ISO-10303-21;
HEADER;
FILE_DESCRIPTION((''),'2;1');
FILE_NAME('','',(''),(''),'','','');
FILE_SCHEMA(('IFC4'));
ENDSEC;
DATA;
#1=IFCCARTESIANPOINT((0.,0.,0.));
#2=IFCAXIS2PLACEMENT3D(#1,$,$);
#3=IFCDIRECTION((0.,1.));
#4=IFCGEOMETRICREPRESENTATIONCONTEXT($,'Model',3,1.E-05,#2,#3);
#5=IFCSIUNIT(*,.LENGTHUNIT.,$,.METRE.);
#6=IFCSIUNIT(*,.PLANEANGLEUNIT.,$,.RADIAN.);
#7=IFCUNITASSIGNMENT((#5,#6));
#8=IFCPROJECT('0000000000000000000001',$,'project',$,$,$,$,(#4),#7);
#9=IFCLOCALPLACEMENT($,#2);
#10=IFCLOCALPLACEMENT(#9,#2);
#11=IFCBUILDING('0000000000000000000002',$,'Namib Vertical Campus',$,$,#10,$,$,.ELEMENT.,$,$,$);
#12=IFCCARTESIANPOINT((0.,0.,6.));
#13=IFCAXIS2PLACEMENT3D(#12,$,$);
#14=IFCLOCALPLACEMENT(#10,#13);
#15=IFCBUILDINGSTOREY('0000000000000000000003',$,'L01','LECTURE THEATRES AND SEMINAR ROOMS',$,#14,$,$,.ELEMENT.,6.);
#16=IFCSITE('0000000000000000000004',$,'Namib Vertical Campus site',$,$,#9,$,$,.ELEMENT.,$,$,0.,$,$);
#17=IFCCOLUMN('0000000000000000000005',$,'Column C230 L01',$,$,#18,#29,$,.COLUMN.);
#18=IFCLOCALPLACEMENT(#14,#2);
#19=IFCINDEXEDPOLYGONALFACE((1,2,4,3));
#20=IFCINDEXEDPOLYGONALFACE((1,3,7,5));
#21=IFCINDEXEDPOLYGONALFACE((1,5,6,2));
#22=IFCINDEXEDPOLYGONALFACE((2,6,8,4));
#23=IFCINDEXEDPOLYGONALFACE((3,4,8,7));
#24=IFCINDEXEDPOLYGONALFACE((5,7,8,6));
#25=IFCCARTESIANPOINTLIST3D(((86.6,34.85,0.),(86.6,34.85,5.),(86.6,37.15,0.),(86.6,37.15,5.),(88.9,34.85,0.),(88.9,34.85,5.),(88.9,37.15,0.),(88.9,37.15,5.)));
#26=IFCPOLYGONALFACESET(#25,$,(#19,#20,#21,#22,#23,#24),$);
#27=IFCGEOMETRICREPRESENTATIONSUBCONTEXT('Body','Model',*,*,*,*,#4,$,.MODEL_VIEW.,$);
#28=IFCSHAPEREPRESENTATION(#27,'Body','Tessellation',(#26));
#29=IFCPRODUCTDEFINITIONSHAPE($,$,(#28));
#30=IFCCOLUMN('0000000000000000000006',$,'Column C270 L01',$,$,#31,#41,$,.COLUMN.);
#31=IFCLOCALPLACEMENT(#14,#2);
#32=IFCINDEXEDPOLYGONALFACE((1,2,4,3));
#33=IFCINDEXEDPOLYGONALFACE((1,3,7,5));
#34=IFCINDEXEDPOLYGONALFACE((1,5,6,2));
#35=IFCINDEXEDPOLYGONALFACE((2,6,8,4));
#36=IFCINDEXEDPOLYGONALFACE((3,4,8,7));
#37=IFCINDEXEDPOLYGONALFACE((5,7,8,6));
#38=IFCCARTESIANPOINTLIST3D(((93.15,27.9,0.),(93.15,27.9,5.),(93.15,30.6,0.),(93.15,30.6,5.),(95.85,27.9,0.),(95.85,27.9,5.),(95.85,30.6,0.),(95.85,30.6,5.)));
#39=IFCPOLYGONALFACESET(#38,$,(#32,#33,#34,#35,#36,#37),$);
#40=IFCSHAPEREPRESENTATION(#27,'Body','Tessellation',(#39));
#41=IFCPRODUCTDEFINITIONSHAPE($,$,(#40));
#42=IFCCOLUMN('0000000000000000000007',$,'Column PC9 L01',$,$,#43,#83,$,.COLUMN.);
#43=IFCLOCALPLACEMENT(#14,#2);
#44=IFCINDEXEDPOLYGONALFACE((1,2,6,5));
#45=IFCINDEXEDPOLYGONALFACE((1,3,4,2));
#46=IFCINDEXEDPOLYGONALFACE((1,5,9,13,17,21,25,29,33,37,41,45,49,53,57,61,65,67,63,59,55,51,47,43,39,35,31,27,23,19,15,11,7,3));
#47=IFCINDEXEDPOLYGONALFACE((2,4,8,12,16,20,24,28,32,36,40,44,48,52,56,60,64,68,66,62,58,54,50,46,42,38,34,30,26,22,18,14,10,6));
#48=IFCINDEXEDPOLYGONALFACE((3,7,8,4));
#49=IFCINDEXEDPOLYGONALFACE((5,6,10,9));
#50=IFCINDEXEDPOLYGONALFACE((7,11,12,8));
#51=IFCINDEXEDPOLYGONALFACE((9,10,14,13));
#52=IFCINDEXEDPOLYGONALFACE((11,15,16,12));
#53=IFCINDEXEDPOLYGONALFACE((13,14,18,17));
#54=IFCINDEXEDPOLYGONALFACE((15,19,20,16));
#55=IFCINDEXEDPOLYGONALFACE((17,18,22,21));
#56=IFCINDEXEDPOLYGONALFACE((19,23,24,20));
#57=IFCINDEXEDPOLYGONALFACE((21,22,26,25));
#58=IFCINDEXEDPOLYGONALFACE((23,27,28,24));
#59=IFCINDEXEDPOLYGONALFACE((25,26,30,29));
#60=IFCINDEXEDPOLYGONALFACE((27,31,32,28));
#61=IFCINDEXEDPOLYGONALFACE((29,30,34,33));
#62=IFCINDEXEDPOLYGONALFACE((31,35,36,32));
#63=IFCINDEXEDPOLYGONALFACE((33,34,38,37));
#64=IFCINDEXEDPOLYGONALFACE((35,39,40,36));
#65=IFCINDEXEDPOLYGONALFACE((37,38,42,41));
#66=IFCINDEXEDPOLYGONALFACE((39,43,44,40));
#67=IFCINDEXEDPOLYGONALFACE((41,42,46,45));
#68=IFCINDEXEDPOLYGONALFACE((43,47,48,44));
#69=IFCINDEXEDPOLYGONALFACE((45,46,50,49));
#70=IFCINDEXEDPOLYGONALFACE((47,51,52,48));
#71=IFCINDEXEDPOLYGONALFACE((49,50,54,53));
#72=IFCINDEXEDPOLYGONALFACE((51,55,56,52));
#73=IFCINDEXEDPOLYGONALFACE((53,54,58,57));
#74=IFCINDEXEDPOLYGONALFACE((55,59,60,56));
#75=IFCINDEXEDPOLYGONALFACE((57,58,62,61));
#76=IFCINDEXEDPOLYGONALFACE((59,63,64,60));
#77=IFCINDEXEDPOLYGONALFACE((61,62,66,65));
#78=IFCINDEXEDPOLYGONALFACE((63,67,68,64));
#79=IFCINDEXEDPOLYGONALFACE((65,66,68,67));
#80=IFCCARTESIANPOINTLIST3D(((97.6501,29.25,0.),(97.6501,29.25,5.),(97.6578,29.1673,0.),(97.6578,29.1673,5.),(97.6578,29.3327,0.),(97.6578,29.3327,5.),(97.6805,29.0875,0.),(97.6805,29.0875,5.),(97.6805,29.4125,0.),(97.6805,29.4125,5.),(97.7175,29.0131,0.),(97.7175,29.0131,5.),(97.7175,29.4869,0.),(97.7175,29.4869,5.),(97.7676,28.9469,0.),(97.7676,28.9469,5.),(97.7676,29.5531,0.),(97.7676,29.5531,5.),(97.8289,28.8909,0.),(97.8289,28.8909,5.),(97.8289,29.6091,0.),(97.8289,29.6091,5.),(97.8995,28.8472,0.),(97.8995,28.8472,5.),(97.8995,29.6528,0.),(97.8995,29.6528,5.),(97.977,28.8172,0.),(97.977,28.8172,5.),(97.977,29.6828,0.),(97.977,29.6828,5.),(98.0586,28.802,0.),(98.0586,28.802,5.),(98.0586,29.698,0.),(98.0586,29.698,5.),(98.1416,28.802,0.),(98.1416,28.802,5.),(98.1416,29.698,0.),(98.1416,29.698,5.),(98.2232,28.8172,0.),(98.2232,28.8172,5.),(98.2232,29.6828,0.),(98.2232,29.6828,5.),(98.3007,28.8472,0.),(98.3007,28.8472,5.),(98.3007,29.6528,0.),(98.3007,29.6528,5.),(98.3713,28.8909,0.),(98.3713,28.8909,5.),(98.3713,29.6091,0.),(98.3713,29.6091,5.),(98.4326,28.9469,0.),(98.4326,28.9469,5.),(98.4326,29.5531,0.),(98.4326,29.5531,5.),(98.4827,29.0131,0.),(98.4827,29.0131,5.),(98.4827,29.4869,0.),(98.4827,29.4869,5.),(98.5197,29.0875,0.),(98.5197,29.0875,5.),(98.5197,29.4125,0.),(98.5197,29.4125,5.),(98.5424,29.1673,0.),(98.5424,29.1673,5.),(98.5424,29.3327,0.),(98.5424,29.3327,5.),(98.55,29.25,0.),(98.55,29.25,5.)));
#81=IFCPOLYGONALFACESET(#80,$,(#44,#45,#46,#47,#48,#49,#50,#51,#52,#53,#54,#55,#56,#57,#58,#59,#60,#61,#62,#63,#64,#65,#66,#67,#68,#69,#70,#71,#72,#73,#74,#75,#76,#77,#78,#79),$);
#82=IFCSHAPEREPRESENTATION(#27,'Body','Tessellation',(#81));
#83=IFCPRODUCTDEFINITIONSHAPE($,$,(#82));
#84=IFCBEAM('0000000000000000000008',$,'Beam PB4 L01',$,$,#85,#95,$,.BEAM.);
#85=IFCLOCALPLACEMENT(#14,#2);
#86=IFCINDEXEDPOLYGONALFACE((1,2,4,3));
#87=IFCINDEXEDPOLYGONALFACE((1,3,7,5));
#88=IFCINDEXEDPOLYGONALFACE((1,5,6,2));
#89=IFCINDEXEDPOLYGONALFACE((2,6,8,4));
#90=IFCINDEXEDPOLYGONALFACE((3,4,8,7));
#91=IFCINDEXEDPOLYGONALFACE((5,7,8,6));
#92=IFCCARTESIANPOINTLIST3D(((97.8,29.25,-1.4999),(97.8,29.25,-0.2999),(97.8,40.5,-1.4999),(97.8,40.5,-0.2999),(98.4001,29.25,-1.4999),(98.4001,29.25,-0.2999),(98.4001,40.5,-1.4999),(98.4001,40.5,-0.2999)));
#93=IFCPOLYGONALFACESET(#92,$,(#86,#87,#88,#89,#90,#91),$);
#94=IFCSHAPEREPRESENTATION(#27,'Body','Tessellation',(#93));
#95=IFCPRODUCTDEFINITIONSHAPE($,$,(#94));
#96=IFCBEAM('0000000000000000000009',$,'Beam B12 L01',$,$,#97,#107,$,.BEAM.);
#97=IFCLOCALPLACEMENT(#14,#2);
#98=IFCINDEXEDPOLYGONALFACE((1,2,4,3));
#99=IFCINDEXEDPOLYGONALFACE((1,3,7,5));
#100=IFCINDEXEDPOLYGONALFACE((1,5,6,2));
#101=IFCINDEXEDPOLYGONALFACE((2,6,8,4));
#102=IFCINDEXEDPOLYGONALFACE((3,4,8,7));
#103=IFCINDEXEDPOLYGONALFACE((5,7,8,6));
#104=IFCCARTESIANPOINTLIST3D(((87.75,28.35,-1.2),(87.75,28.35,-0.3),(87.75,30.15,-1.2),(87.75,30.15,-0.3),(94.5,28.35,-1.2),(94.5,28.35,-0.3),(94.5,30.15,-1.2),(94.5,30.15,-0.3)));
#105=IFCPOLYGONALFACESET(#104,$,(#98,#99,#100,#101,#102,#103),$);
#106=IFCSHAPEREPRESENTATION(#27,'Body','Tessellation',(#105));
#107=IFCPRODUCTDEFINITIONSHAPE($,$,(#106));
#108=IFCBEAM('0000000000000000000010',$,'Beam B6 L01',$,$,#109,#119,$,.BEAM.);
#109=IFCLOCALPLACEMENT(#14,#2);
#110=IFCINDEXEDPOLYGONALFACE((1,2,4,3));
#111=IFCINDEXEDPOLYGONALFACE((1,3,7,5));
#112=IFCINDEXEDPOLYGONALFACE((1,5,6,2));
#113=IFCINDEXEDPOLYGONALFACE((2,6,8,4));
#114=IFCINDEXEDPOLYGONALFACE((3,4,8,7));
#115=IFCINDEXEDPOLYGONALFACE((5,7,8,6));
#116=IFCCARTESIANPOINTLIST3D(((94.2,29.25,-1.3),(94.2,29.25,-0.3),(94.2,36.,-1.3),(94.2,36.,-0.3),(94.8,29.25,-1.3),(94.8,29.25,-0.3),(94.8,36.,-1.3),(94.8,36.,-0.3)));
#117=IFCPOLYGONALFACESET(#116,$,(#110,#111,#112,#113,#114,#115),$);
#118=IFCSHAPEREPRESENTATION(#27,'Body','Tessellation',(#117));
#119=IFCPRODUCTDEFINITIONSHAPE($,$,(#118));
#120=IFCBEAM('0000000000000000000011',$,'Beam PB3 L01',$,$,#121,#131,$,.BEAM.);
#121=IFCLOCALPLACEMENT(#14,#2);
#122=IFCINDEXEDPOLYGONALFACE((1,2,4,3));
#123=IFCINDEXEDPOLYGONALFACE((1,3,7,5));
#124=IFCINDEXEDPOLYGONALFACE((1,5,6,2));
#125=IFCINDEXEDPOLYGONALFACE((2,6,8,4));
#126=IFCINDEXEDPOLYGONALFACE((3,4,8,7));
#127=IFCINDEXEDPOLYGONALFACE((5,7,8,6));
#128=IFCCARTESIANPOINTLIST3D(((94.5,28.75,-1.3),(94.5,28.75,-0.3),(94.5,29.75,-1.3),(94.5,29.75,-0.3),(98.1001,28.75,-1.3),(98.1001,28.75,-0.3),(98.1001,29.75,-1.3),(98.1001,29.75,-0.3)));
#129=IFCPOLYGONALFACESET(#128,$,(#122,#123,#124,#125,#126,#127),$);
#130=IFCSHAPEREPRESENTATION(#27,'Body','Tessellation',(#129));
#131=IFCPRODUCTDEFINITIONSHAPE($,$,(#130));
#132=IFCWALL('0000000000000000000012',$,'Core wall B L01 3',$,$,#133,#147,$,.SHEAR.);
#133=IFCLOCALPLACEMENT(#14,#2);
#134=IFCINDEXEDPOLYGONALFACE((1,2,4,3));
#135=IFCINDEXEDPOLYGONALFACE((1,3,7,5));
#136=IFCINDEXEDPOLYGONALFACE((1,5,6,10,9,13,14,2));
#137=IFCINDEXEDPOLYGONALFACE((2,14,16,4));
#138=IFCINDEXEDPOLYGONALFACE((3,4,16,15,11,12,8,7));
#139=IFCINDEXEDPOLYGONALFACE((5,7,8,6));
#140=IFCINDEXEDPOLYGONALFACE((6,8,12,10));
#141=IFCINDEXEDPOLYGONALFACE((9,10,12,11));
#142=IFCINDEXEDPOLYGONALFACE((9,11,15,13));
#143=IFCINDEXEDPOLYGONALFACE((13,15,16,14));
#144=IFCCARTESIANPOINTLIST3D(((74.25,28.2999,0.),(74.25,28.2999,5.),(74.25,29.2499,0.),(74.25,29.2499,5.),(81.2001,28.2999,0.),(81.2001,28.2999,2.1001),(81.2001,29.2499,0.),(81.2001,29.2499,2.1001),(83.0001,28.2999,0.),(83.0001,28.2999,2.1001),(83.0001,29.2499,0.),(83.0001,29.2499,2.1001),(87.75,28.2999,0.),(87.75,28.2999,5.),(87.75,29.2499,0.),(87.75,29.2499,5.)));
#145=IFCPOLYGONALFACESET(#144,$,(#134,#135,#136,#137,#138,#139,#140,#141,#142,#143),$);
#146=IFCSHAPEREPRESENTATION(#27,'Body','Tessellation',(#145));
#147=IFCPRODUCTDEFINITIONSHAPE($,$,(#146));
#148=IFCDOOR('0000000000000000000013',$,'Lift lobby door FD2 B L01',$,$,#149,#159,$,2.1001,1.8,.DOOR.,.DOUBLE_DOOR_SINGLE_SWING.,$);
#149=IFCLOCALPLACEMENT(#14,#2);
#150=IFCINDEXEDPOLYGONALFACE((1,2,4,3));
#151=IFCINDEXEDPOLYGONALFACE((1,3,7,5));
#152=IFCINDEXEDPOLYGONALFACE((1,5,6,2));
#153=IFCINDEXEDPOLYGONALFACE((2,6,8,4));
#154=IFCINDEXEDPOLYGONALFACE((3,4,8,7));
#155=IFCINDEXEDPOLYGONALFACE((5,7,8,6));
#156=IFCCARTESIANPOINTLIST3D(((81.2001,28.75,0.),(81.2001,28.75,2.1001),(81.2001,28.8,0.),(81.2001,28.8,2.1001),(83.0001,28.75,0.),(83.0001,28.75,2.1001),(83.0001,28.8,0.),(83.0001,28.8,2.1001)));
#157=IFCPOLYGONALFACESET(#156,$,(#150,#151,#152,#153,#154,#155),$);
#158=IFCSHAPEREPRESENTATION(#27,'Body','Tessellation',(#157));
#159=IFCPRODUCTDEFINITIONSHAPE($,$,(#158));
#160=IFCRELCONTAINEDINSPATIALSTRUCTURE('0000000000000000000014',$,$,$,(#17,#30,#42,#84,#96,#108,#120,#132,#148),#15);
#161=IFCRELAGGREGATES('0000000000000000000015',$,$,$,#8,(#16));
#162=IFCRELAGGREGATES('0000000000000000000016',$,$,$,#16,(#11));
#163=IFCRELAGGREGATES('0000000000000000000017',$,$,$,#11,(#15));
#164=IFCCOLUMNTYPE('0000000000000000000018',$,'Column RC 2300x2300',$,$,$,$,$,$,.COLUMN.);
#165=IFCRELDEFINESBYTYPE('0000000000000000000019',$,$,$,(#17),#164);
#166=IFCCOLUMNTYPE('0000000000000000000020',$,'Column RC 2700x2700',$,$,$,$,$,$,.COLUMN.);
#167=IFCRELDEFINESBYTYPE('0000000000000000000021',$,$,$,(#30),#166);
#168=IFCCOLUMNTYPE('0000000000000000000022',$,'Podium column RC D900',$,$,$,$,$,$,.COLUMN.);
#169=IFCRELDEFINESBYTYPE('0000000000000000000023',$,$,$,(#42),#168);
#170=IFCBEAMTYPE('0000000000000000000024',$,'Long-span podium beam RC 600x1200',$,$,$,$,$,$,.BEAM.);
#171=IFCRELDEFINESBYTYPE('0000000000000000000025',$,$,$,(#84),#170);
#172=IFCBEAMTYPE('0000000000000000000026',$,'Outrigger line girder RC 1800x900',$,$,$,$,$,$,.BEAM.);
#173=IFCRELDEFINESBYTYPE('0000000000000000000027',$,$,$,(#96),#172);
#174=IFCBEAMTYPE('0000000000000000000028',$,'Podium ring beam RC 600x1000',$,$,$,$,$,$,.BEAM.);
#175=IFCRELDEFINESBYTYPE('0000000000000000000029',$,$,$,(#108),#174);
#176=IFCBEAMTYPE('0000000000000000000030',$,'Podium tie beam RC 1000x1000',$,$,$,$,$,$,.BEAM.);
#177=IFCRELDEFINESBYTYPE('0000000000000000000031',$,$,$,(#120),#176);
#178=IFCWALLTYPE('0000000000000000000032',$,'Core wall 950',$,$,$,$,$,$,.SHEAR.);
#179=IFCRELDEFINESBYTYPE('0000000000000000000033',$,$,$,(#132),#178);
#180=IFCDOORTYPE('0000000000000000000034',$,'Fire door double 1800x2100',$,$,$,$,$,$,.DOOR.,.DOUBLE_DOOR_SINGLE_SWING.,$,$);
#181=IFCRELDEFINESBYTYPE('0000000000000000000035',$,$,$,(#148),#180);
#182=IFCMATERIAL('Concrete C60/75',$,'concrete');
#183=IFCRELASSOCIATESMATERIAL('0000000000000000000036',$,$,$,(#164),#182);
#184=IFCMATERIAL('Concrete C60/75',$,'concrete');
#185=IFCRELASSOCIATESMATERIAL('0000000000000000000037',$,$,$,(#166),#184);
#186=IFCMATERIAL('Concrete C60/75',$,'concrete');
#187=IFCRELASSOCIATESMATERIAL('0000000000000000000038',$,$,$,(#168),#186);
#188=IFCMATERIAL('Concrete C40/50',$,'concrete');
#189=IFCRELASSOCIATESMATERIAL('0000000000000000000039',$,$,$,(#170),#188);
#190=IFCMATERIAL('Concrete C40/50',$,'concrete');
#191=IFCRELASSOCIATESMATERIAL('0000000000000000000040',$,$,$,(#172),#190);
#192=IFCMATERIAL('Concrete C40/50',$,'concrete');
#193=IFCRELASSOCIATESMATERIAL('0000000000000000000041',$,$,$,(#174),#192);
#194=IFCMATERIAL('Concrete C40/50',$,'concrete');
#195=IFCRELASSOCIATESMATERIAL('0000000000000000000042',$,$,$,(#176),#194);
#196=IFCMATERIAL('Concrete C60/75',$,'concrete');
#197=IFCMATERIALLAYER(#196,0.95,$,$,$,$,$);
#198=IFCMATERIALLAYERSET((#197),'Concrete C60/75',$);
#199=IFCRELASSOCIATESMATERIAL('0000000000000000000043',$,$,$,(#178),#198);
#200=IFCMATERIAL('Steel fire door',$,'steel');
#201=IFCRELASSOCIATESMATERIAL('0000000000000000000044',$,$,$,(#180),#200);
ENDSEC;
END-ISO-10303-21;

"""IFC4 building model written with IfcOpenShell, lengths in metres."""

from ifc_helpers import new_model, si_unit, direction, frame, frame_2d, origin, origin_2d, place, context, subcontext, project, spatial, rectangle, circle, extrude, material, layer, layer_set, material_profile, profile_set, type_object, element, fill, save


model = new_model("IFC4")

# Units and contexts
model_context = context("Model", 3, precision=1e-05, world=origin(), true_north=direction((0.0, 1.0)))
body_context = subcontext(model_context, "Body", "Model", "MODEL_VIEW")
ifc_project = project(units=[si_unit("LENGTHUNIT", "METRE"), si_unit("PLANEANGLEUNIT", "RADIAN")], contexts=[model_context])

# Site, building, storey
site_placement = place(None, origin())
site = spatial("IfcSite", under=ifc_project, at=site_placement, Name="Namib Vertical Campus site", CompositionType="ELEMENT", RefElevation=0.0)
building_placement = place(site_placement, origin())
building = spatial("IfcBuilding", under=site, at=building_placement, Name="Namib Vertical Campus", CompositionType="ELEMENT")
storey_placement = place(building_placement, frame((0.0, 0.0, 6.0)))
storey = spatial("IfcBuildingStorey", under=building, at=storey_placement, Name="L01", Description="LECTURE THEATRES AND SEMINAR ROOMS", CompositionType="ELEMENT", Elevation=6.0)

# Columns
ifc_material_1 = material(Name="Concrete C60/75", Category="concrete")
ifc_material_profile_1 = material_profile(ifc_material_1, rectangle(XDim=2.3, YDim=2.3, at=origin_2d()))
ifc_profile_set_1 = profile_set([ifc_material_profile_1], Name="Concrete C60/75")
column_type_1 = type_object("IfcColumnType", Name="Column RC 2300x2300", PredefinedType="COLUMN", material=ifc_profile_set_1)
column_1_placement = place(storey_placement, frame((87.75, 36.0, 0.0), z_axis=(0.0, 0.0, 1.0), x_axis=(1.0, 0.0, 0.0)))
element("IfcColumn", 1, at=column_1_placement, inside=storey, type_object=column_type_1, Name="Column C230 L01", PredefinedType="COLUMN", context=body_context, shape_type="SweptSolid", body=[
    extrude(rectangle(XDim=2.3, YDim=2.3, at=origin_2d()), origin(), (0.0, 0.0, 1.0), 5.0),
])
ifc_material_2 = material(Name="Concrete C60/75", Category="concrete")
ifc_material_profile_2 = material_profile(ifc_material_2, rectangle(XDim=2.7, YDim=2.7, at=origin_2d()))
ifc_profile_set_2 = profile_set([ifc_material_profile_2], Name="Concrete C60/75")
column_type_2 = type_object("IfcColumnType", Name="Column RC 2700x2700", PredefinedType="COLUMN", material=ifc_profile_set_2)
column_2_placement = place(storey_placement, frame((94.5, 29.25, 0.0), z_axis=(0.0, 0.0, 1.0), x_axis=(1.0, 0.0, 0.0)))
element("IfcColumn", 2, at=column_2_placement, inside=storey, type_object=column_type_2, Name="Column C270 L01", PredefinedType="COLUMN", context=body_context, shape_type="SweptSolid", body=[
    extrude(rectangle(XDim=2.7, YDim=2.7, at=origin_2d()), origin(), (0.0, 0.0, 1.0), 5.0),
])
ifc_material_3 = material(Name="Concrete C60/75", Category="concrete")
ifc_material_profile_3 = material_profile(ifc_material_3, circle(Radius=0.45, at=origin_2d()))
ifc_profile_set_3 = profile_set([ifc_material_profile_3], Name="Concrete C60/75")
column_type_3 = type_object("IfcColumnType", Name="Podium column RC D900", PredefinedType="COLUMN", material=ifc_profile_set_3)
column_3_placement = place(storey_placement, frame((98.1001, 29.25, 0.0), z_axis=(0.0, 0.0, 1.0), x_axis=(1.0, 0.0, 0.0)))
element("IfcColumn", 3, at=column_3_placement, inside=storey, type_object=column_type_3, Name="Column PC9 L01", PredefinedType="COLUMN", context=body_context, shape_type="SweptSolid", body=[
    extrude(circle(Radius=0.45, at=origin_2d()), origin(), (0.0, 0.0, 1.0), 5.0),
])

# Beams
ifc_material_4 = material(Name="Concrete C40/50", Category="concrete")
ifc_material_profile_4 = material_profile(ifc_material_4, rectangle(XDim=0.6001, YDim=1.2, at=origin_2d()))
ifc_profile_set_4 = profile_set([ifc_material_profile_4], Name="Concrete C40/50")
beam_type_1 = type_object("IfcBeamType", Name="Long-span podium beam RC 600x1200", PredefinedType="BEAM", material=ifc_profile_set_4)
beam_1_placement = place(storey_placement, frame((98.1001, 29.25, -0.8999), z_axis=(0.0, 1.0, 0.0), x_axis=(-1.0, 0.0, 0.0)))
element("IfcBeam", 4, at=beam_1_placement, inside=storey, type_object=beam_type_1, Name="Beam PB4 L01", PredefinedType="BEAM", context=body_context, shape_type="SweptSolid", body=[
    extrude(rectangle(XDim=0.6001, YDim=1.2, at=origin_2d()), origin(), (0.0, 0.0, 1.0), 11.25),
])
ifc_material_5 = material(Name="Concrete C40/50", Category="concrete")
ifc_material_profile_5 = material_profile(ifc_material_5, rectangle(XDim=1.8, YDim=0.8999, at=origin_2d()))
ifc_profile_set_5 = profile_set([ifc_material_profile_5], Name="Concrete C40/50")
beam_type_2 = type_object("IfcBeamType", Name="Outrigger line girder RC 1800x900", PredefinedType="BEAM", material=ifc_profile_set_5)
beam_2_placement = place(storey_placement, frame((94.5, 29.25, -0.75), z_axis=(-1.0, 0.0, 0.0), x_axis=(0.0, -1.0, 0.0)))
element("IfcBeam", 5, at=beam_2_placement, inside=storey, type_object=beam_type_2, Name="Beam B12 L01", PredefinedType="BEAM", context=body_context, shape_type="SweptSolid", body=[
    extrude(rectangle(XDim=1.8, YDim=0.8999, at=origin_2d()), origin(), (0.0, 0.0, 1.0), 6.75),
])
ifc_material_6 = material(Name="Concrete C40/50", Category="concrete")
ifc_material_profile_6 = material_profile(ifc_material_6, rectangle(XDim=0.6001, YDim=1.0, at=origin_2d()))
ifc_profile_set_6 = profile_set([ifc_material_profile_6], Name="Concrete C40/50")
beam_type_3 = type_object("IfcBeamType", Name="Podium ring beam RC 600x1000", PredefinedType="BEAM", material=ifc_profile_set_6)
beam_3_placement = place(storey_placement, frame((94.5, 29.25, -0.8), z_axis=(0.0, 1.0, 0.0), x_axis=(-1.0, 0.0, 0.0)))
element("IfcBeam", 6, at=beam_3_placement, inside=storey, type_object=beam_type_3, Name="Beam B6 L01", PredefinedType="BEAM", context=body_context, shape_type="SweptSolid", body=[
    extrude(rectangle(XDim=0.6001, YDim=1.0, at=origin_2d()), origin(), (0.0, 0.0, 1.0), 6.75),
])
ifc_material_7 = material(Name="Concrete C40/50", Category="concrete")
ifc_material_profile_7 = material_profile(ifc_material_7, rectangle(XDim=1.0, YDim=1.0, at=origin_2d()))
ifc_profile_set_7 = profile_set([ifc_material_profile_7], Name="Concrete C40/50")
beam_type_4 = type_object("IfcBeamType", Name="Podium tie beam RC 1000x1000", PredefinedType="BEAM", material=ifc_profile_set_7)
beam_4_placement = place(storey_placement, frame((94.5, 29.25, -0.8), z_axis=(1.0, 0.0, 0.0), x_axis=(0.0, 1.0, 0.0)))
element("IfcBeam", 7, at=beam_4_placement, inside=storey, type_object=beam_type_4, Name="Beam PB3 L01", PredefinedType="BEAM", context=body_context, shape_type="SweptSolid", body=[
    extrude(rectangle(XDim=1.0, YDim=1.0, at=origin_2d()), origin(), (0.0, 0.0, 1.0), 3.6001),
])

# Wall, opening, door
ifc_material_8 = material(Name="Concrete C60/75", Category="concrete")
ifc_layer_1 = layer(ifc_material_8, 0.95)
ifc_layer_set_1 = layer_set([ifc_layer_1], Name="Concrete C60/75")
wall_type_1 = type_object("IfcWallType", Name="Core wall 950", PredefinedType="SHEAR", material=ifc_layer_set_1)
wall_1_placement = place(storey_placement, frame((87.75, 28.7749, 0.0), z_axis=(0.0, 0.0, 1.0), x_axis=(-1.0, 0.0, 0.0)))
wall_1 = element("IfcWall", 8, at=wall_1_placement, inside=storey, type_object=wall_type_1, Name="Core wall B L01 3", PredefinedType="SHEAR", context=body_context, shape_type="SweptSolid", body=[
    extrude(rectangle(XDim=13.5, YDim=0.95, at=frame_2d((6.75, 0.0))), origin(), (0.0, 0.0, 1.0), 5.0),
])
opening_1_placement = place(wall_1_placement, frame((4.75, 0.0, 0.0)))
opening_1 = element("IfcOpeningElement", 9, at=opening_1_placement, cuts=wall_1, PredefinedType="OPENING", context=body_context, shape_type="SweptSolid", body=[
    extrude(rectangle(XDim=1.8, YDim=2.1001, at=frame_2d((0.8999, 1.05))), frame((0.0, 0.4849, 0.0), z_axis=(0.0, -1.0, 0.0), x_axis=(1.0, 0.0, 0.0)), (0.0, 0.0, 1.0), 0.97),
])
ifc_material_9 = material(Name="Steel fire door", Category="steel")
door_type_1 = type_object("IfcDoorType", Name="Fire door double 1800x2100", OperationType="DOUBLE_DOOR_SINGLE_SWING", PredefinedType="DOOR", material=ifc_material_9)
door_1_placement = place(opening_1_placement, origin())
door_1 = element("IfcDoor", 10, at=door_1_placement, inside=storey, type_object=door_type_1, Name="Lift lobby door FD2 B L01", OperationType="DOUBLE_DOOR_SINGLE_SWING", OverallHeight=2.1001, OverallWidth=1.8, PredefinedType="DOOR", context=body_context, shape_type="SweptSolid", body=[
    extrude(rectangle(XDim=1.8, YDim=2.1001, at=frame_2d((0.8999, 1.05))), frame((0.0, 0.0249, 0.0), z_axis=(0.0, -1.0, 0.0), x_axis=(1.0, 0.0, 0.0)), (0.0, 0.0, 1.0), 0.05),
])
fill(opening_1, door_1)

save(model, "model.ifc")
